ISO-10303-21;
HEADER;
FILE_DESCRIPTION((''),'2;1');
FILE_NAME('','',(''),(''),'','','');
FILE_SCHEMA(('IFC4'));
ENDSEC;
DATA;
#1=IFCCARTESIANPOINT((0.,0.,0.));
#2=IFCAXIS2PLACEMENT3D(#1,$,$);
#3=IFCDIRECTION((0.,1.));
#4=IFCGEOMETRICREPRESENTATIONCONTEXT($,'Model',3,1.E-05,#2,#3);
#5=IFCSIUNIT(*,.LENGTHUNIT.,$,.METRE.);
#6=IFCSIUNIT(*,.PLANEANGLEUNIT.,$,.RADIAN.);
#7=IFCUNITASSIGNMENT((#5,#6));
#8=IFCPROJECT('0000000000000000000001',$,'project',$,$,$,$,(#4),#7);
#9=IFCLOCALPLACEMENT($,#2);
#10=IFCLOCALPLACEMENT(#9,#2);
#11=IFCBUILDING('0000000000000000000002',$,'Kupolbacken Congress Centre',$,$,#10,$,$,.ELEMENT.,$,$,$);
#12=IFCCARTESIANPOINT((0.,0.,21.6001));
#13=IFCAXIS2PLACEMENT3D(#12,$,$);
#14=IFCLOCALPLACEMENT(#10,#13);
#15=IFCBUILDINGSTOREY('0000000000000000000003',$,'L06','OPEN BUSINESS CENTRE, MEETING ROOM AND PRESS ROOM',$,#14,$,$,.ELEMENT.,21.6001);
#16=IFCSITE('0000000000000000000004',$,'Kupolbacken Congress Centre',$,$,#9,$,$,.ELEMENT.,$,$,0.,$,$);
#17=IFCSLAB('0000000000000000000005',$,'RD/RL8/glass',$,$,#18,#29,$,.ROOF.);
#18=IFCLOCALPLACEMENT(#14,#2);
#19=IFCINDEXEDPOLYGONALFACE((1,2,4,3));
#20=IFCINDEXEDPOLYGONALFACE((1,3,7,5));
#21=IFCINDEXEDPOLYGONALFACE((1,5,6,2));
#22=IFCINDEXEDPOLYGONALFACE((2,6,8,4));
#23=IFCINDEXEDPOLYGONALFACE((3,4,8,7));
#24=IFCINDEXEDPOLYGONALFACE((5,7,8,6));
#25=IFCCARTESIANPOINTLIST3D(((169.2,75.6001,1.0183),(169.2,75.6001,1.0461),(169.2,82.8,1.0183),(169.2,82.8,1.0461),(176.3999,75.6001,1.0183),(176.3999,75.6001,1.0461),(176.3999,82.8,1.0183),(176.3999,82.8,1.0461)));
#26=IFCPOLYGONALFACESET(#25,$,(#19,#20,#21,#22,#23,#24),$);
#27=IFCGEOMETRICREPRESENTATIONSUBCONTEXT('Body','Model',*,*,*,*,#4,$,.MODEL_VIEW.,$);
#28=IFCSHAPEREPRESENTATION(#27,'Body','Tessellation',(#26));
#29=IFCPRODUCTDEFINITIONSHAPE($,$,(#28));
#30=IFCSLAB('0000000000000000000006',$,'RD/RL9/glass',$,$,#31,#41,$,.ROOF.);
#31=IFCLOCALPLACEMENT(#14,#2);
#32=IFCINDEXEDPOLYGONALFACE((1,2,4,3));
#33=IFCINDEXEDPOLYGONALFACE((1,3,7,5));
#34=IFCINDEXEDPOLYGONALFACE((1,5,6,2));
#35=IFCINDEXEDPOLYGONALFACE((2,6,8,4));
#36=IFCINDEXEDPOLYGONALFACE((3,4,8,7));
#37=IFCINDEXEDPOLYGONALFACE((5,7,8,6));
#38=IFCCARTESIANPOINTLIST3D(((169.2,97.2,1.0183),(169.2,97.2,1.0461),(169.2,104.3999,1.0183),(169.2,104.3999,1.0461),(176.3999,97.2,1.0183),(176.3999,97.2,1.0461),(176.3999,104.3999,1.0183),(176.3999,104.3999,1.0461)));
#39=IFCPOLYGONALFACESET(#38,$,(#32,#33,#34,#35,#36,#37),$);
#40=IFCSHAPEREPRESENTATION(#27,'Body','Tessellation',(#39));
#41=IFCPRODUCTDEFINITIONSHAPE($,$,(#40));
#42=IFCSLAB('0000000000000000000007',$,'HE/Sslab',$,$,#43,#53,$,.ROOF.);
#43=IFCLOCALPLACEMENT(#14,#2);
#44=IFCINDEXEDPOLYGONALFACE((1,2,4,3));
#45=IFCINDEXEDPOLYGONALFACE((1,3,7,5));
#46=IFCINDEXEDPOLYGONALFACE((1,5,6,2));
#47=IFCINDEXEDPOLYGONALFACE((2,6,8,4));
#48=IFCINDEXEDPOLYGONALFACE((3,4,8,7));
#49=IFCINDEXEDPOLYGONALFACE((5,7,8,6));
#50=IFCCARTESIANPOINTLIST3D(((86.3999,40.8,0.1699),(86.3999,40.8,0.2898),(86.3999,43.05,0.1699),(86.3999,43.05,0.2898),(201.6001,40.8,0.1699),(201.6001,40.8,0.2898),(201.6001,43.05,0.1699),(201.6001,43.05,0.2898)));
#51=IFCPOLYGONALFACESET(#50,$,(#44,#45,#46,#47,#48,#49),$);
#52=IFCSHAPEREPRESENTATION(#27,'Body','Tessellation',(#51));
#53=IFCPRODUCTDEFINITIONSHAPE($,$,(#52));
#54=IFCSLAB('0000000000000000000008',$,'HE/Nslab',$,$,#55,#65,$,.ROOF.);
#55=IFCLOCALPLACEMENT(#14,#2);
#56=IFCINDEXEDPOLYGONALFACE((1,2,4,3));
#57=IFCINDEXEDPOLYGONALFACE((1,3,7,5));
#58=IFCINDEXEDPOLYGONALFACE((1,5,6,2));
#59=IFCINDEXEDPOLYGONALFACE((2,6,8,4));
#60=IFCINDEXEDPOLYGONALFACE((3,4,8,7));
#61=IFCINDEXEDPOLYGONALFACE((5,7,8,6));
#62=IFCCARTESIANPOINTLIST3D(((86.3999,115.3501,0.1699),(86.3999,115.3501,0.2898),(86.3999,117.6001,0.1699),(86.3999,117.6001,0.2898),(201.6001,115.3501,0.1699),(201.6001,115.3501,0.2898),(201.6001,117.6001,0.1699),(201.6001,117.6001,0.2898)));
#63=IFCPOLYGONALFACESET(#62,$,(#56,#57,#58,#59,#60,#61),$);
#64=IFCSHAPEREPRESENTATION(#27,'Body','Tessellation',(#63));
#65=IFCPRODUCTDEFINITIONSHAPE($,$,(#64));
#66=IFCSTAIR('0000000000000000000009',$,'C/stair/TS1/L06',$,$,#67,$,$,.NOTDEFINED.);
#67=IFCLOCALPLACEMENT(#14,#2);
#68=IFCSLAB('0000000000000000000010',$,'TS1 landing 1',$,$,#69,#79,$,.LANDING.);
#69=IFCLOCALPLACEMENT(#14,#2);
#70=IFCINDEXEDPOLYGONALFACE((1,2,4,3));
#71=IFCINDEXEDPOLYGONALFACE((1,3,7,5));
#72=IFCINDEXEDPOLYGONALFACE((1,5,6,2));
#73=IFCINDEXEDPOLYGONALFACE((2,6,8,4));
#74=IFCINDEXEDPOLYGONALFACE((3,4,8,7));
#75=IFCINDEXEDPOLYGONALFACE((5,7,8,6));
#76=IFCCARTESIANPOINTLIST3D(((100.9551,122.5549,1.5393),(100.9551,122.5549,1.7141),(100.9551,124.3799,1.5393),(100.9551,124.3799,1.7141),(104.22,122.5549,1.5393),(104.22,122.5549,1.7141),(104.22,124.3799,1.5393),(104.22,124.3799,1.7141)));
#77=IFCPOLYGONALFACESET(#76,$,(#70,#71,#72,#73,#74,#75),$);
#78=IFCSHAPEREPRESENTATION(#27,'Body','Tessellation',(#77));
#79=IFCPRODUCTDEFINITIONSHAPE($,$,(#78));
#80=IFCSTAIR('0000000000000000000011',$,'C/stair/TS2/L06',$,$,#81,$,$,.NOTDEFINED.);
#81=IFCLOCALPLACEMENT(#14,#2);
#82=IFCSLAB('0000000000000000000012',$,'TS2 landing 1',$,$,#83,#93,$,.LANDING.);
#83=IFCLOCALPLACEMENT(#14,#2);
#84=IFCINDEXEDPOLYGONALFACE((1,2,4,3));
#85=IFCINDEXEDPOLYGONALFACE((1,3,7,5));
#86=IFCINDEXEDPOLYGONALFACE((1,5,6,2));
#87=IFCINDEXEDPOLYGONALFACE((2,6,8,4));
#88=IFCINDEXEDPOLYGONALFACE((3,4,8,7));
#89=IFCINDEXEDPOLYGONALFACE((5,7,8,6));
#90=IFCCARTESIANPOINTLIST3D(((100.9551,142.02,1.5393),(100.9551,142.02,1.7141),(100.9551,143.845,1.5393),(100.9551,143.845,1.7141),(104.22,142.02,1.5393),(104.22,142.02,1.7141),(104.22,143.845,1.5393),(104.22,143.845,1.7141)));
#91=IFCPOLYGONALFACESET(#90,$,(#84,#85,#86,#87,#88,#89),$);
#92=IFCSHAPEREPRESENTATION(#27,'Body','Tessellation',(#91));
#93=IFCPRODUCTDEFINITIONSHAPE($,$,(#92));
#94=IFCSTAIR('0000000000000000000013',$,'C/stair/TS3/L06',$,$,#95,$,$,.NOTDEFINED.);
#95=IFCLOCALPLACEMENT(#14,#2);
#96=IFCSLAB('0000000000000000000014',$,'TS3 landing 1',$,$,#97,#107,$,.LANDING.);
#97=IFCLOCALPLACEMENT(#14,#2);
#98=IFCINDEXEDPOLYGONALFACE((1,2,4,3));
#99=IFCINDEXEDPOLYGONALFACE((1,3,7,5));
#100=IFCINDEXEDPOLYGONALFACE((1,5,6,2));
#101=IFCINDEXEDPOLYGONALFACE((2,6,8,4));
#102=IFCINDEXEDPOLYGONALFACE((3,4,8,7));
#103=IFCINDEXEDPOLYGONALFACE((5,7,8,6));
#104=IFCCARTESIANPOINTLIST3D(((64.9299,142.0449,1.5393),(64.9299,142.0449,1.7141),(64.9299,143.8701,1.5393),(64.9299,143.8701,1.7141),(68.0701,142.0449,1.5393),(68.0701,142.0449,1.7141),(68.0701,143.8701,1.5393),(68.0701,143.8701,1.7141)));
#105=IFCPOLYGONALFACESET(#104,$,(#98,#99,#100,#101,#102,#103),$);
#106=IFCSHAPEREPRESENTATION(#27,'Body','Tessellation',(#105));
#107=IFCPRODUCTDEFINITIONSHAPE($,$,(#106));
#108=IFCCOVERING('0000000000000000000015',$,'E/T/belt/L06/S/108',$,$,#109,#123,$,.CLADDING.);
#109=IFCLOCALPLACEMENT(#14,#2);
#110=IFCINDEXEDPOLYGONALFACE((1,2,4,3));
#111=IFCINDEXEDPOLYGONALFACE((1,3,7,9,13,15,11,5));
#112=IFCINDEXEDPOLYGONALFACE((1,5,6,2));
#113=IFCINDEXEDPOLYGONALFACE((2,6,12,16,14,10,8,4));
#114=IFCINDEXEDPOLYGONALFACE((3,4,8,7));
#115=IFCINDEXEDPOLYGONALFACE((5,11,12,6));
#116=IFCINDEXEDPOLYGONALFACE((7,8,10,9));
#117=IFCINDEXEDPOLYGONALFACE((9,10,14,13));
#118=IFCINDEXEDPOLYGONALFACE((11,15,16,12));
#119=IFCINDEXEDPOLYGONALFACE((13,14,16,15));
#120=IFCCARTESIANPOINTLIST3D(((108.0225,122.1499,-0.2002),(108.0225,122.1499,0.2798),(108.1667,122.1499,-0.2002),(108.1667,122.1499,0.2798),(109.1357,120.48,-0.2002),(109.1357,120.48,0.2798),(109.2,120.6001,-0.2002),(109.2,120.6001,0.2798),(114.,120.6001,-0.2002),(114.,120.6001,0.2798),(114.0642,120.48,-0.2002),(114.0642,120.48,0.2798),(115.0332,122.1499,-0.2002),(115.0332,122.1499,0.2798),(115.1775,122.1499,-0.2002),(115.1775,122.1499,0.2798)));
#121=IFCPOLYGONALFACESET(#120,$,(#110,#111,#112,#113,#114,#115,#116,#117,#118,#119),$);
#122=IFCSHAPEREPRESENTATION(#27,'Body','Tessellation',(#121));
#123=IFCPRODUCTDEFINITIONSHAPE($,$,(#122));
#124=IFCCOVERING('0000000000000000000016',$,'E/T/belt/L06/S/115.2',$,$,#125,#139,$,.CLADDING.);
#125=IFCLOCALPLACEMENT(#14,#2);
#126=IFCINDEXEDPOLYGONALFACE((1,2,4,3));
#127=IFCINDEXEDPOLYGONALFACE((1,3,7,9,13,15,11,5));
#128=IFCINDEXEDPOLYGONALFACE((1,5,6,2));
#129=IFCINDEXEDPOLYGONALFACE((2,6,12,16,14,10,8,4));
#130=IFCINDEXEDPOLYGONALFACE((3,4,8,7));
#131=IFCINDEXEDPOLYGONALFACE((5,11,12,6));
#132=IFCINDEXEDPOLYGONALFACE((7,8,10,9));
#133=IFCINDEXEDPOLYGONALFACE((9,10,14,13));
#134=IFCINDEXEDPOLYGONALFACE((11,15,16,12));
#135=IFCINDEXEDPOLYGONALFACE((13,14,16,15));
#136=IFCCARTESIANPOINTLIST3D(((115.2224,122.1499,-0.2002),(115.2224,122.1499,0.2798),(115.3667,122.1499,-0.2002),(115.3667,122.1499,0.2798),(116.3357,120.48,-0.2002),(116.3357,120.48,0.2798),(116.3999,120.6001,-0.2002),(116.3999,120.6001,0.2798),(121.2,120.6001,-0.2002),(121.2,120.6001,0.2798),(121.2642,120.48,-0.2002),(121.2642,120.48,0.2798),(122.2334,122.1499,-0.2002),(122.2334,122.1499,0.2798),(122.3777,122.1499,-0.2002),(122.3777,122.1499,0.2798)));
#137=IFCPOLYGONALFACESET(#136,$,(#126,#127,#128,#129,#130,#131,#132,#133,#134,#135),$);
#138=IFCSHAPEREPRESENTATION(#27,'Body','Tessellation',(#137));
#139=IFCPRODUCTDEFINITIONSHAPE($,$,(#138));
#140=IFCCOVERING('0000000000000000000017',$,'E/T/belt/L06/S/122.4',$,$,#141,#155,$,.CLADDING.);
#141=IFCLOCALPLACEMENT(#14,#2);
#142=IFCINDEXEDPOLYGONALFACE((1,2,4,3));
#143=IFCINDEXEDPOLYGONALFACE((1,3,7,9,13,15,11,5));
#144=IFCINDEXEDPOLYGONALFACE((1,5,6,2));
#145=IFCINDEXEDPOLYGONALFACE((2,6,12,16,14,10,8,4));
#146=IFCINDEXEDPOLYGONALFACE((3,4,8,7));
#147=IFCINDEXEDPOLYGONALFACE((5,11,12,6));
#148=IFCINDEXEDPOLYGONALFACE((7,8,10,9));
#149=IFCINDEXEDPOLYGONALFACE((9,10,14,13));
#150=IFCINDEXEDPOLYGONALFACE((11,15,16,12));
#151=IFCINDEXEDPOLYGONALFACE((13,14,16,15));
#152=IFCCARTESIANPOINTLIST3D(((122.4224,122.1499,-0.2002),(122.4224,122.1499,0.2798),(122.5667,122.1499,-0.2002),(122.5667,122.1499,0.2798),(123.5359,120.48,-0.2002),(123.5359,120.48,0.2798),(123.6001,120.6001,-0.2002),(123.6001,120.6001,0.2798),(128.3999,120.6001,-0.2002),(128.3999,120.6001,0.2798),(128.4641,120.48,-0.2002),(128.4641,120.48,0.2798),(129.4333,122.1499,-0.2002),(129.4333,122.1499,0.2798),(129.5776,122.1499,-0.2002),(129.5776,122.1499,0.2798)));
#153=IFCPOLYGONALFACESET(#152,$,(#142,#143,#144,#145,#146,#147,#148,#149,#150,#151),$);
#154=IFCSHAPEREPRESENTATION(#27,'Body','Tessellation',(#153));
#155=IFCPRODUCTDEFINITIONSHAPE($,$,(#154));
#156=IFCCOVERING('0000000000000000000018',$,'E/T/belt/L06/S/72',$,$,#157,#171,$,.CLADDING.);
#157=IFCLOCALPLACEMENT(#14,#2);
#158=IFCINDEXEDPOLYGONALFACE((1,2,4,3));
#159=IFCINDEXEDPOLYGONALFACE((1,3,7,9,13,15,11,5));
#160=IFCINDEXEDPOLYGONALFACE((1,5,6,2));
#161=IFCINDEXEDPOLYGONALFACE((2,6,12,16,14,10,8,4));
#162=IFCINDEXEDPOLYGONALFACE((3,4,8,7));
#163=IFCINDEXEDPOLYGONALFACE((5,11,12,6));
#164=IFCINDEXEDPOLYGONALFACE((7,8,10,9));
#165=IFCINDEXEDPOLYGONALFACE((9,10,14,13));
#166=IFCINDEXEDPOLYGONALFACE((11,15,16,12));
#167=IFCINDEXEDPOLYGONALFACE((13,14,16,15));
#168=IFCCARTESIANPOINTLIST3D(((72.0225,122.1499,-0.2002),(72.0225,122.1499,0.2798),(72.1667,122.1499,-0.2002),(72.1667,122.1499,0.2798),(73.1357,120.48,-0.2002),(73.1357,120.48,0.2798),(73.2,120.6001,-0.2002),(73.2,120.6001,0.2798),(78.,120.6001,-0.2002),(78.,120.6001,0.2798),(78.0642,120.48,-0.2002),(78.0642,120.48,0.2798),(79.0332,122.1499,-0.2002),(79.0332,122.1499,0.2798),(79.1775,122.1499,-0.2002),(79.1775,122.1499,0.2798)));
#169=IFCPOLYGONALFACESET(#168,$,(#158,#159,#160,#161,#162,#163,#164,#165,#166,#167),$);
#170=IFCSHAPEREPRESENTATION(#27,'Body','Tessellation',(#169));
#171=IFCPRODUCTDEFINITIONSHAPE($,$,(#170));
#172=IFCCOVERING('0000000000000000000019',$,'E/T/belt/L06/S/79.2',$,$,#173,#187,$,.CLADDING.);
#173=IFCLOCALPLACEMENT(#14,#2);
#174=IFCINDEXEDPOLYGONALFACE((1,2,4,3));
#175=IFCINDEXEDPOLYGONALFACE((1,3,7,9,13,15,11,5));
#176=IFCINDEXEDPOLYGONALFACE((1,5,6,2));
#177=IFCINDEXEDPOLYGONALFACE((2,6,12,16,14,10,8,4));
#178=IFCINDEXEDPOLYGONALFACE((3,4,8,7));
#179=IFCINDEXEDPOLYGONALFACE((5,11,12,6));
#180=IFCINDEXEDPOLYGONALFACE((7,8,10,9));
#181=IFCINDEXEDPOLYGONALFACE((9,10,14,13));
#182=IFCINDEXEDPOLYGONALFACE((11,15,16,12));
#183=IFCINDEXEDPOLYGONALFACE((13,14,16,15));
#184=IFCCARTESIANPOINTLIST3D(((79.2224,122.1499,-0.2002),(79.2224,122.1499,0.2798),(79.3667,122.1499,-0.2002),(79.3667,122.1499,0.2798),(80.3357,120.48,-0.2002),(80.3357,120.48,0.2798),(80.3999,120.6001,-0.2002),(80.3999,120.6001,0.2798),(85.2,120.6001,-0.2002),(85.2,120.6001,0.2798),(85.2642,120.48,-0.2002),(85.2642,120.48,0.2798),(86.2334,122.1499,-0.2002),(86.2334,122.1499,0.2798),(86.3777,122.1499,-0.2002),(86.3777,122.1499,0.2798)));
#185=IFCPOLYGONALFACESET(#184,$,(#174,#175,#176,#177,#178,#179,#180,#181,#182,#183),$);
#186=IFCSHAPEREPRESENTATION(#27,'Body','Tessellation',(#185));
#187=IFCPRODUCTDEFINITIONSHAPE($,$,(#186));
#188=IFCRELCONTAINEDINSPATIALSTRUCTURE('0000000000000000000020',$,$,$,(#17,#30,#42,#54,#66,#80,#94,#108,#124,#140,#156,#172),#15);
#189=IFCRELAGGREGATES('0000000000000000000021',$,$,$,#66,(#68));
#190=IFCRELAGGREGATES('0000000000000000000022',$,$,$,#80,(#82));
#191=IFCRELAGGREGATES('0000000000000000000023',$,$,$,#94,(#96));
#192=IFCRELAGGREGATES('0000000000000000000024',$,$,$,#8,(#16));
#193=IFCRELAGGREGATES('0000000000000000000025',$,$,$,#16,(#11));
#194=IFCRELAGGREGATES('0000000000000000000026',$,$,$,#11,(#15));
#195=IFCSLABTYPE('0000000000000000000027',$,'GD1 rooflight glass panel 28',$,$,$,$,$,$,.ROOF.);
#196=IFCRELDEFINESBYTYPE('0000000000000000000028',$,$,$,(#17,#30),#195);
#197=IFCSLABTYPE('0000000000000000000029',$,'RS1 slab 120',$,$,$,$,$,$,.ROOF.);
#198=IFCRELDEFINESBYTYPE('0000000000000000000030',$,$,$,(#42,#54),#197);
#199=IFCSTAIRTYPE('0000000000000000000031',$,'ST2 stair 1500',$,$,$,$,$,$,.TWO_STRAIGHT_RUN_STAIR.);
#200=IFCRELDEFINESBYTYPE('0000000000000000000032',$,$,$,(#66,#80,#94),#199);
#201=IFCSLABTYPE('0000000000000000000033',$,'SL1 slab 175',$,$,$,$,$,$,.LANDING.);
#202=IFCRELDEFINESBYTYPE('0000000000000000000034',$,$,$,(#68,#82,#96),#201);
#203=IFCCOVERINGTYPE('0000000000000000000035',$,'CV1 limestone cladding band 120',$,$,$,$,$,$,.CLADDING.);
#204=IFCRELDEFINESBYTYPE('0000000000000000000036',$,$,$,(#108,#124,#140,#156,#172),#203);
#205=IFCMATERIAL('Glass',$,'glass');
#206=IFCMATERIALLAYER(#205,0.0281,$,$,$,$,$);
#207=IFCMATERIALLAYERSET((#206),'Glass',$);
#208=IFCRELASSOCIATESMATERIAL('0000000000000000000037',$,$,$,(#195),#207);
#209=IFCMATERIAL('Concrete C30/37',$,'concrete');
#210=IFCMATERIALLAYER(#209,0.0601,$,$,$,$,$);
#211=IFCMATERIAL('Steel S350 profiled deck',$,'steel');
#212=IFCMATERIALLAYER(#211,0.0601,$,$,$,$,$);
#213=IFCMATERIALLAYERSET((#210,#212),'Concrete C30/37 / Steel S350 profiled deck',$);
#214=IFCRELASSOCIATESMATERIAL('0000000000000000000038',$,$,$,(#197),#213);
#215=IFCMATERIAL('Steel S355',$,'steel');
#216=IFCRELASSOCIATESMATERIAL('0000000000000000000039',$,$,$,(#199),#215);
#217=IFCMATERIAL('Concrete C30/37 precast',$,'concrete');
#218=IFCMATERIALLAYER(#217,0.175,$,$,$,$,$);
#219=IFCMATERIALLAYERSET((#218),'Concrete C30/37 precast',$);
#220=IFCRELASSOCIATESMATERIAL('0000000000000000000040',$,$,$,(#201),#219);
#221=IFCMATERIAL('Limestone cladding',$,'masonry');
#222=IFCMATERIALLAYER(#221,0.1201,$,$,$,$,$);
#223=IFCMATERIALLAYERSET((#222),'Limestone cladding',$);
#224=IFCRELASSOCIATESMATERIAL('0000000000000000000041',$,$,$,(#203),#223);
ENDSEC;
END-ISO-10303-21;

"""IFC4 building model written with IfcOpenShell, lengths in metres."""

from ifc_helpers import new_model, si_unit, direction, frame, origin, place, context, subcontext, project, spatial, polyline, outline, extrude, material, layer, layer_set, type_object, element, aggregate, save


model = new_model("IFC4")

# Units and contexts
model_context = context("Model", 3, precision=1e-05, world=origin(), true_north=direction((0.0, 1.0)))
body_context = subcontext(model_context, "Body", "Model", "MODEL_VIEW")
ifc_project = project(units=[si_unit("LENGTHUNIT", "METRE"), si_unit("PLANEANGLEUNIT", "RADIAN")], contexts=[model_context])

# Site, building, storey
site_placement = place(None, origin())
site = spatial("IfcSite", under=ifc_project, at=site_placement, Name="Kupolbacken Congress Centre", CompositionType="ELEMENT", RefElevation=0.0)
building_placement = place(site_placement, origin())
building = spatial("IfcBuilding", under=site, at=building_placement, Name="Kupolbacken Congress Centre", CompositionType="ELEMENT")
storey_placement = place(building_placement, frame((0.0, 0.0, 21.6001)))
storey = spatial("IfcBuildingStorey", under=building, at=storey_placement, Name="L06", Description="OPEN BUSINESS CENTRE, MEETING ROOM AND PRESS ROOM", CompositionType="ELEMENT", Elevation=21.6001)

# Slabs
ifc_material_1 = material(Name="Concrete C30/37", Category="concrete")
ifc_material_2 = material(Name="Steel S350 profiled deck", Category="steel")
ifc_material_3 = material(Name="Glass", Category="glass")
ifc_layer_1 = layer(ifc_material_3, 0.0281)
ifc_layer_set_1 = layer_set([ifc_layer_1], Name="Glass")
slab_type_1 = type_object("IfcSlabType", Name="GD1 rooflight glass panel 28", PredefinedType="ROOF", material=ifc_layer_set_1)
slab_1_placement = place(storey_placement, frame((0.0, 0.0, 1.0183)))
element("IfcSlab", 1, at=slab_1_placement, inside=storey, type_object=slab_type_1, Name="RD/RL8/glass", PredefinedType="ROOF", context=body_context, shape_type="SweptSolid", body=[
    extrude(outline(polyline([(169.2, 75.6001), (176.3999, 75.6001), (176.3999, 82.8), (169.2, 82.8), (169.2, 75.6001)])), origin(), (0.0, 0.0, 1.0), 0.0278),
])
slab_2_placement = place(storey_placement, frame((0.0, 0.0, 1.0183)))
element("IfcSlab", 2, at=slab_2_placement, inside=storey, type_object=slab_type_1, Name="RD/RL9/glass", PredefinedType="ROOF", context=body_context, shape_type="SweptSolid", body=[
    extrude(outline(polyline([(169.2, 97.2), (176.3999, 97.2), (176.3999, 104.3999), (169.2, 104.3999), (169.2, 97.2)])), origin(), (0.0, 0.0, 1.0), 0.0278),
])
ifc_layer_2 = layer(ifc_material_1, 0.0601)
ifc_layer_3 = layer(ifc_material_2, 0.0601)
ifc_layer_set_2 = layer_set([ifc_layer_2, ifc_layer_3], Name="Concrete C30/37 / Steel S350 profiled deck")
slab_type_2 = type_object("IfcSlabType", Name="RS1 slab 120", PredefinedType="ROOF", material=ifc_layer_set_2)
slab_3_placement = place(storey_placement, frame((0.0, 0.0, 0.1699)))
element("IfcSlab", 3, at=slab_3_placement, inside=storey, type_object=slab_type_2, Name="HE/Sslab", PredefinedType="ROOF", context=body_context, shape_type="SweptSolid", body=[
    extrude(outline(polyline([(86.3999, 40.8), (201.6001, 40.8), (201.6001, 43.05), (86.3999, 43.05), (86.3999, 40.8)])), origin(), (0.0, 0.0, 1.0), 0.1199),
])
slab_4_placement = place(storey_placement, frame((0.0, 0.0, 0.1699)))
element("IfcSlab", 4, at=slab_4_placement, inside=storey, type_object=slab_type_2, Name="HE/Nslab", PredefinedType="ROOF", context=body_context, shape_type="SweptSolid", body=[
    extrude(outline(polyline([(86.3999, 115.3501), (201.6001, 115.3501), (201.6001, 117.6001), (86.3999, 117.6001), (86.3999, 115.3501)])), origin(), (0.0, 0.0, 1.0), 0.1199),
])

# Stairs, slabs
ifc_material_4 = material(Name="Steel S355", Category="steel")
stair_type = type_object("IfcStairType", Name="ST2 stair 1500", PredefinedType="TWO_STRAIGHT_RUN_STAIR", material=ifc_material_4)
stair_1_placement = place(storey_placement, origin())
stair_1 = element("IfcStair", 5, at=stair_1_placement, inside=storey, type_object=stair_type, Name="C/stair/TS1/L06", PredefinedType="NOTDEFINED")
ifc_material_5 = material(Name="Concrete C30/37 precast", Category="concrete")
ifc_layer_4 = layer(ifc_material_5, 0.175)
ifc_layer_set_3 = layer_set([ifc_layer_4], Name="Concrete C30/37 precast")
slab_type_3 = type_object("IfcSlabType", Name="SL1 slab 175", PredefinedType="LANDING", material=ifc_layer_set_3)
slab_5_placement = place(storey_placement, frame((0.0, 0.0, 1.5393)))
slab_5 = element("IfcSlab", 6, at=slab_5_placement, type_object=slab_type_3, Name="TS1 landing 1", PredefinedType="LANDING", context=body_context, shape_type="SweptSolid", body=[
    extrude(outline(polyline([(100.9551, 122.5549), (104.22, 122.5549), (104.22, 124.3799), (100.9551, 124.3799), (100.9551, 122.5549)])), origin(), (0.0, 0.0, 1.0), 0.1748),
])
aggregate(stair_1, [slab_5])
stair_2_placement = place(storey_placement, origin())
stair_2 = element("IfcStair", 7, at=stair_2_placement, inside=storey, type_object=stair_type, Name="C/stair/TS2/L06", PredefinedType="NOTDEFINED")
slab_6_placement = place(storey_placement, frame((0.0, 0.0, 1.5393)))
slab_6 = element("IfcSlab", 8, at=slab_6_placement, type_object=slab_type_3, Name="TS2 landing 1", PredefinedType="LANDING", context=body_context, shape_type="SweptSolid", body=[
    extrude(outline(polyline([(100.9551, 142.02), (104.22, 142.02), (104.22, 143.845), (100.9551, 143.845), (100.9551, 142.02)])), origin(), (0.0, 0.0, 1.0), 0.1748),
])
aggregate(stair_2, [slab_6])
stair_3_placement = place(storey_placement, origin())
stair_3 = element("IfcStair", 9, at=stair_3_placement, inside=storey, type_object=stair_type, Name="C/stair/TS3/L06", PredefinedType="NOTDEFINED")
slab_7_placement = place(storey_placement, frame((0.0, 0.0, 1.5393)))
slab_7 = element("IfcSlab", 10, at=slab_7_placement, type_object=slab_type_3, Name="TS3 landing 1", PredefinedType="LANDING", context=body_context, shape_type="SweptSolid", body=[
    extrude(outline(polyline([(64.9299, 142.0449), (68.0701, 142.0449), (68.0701, 143.8701), (64.9299, 143.8701), (64.9299, 142.0449)])), origin(), (0.0, 0.0, 1.0), 0.1748),
])
aggregate(stair_3, [slab_7])

# Coverings
ifc_material_6 = material(Name="Limestone cladding", Category="masonry")
ifc_layer_5 = layer(ifc_material_6, 0.1201)
ifc_layer_set_4 = layer_set([ifc_layer_5], Name="Limestone cladding")
covering_type = type_object("IfcCoveringType", Name="CV1 limestone cladding band 120", PredefinedType="CLADDING", material=ifc_layer_set_4)
covering_1_placement = place(storey_placement, frame((0.0, 0.0, -0.2002)))
element("IfcCovering", 11, at=covering_1_placement, inside=storey, type_object=covering_type, Name="E/T/belt/L06/S/108", PredefinedType="CLADDING", context=body_context, shape_type="SweptSolid", body=[
    extrude(outline(polyline([(115.1775, 122.1499), (115.0332, 122.1499), (114.0, 120.6001), (109.2, 120.6001), (108.1667, 122.1499), (108.0225, 122.1499), (109.1357, 120.48), (114.0642, 120.48), (115.1775, 122.1499)])), origin(), (0.0, 0.0, 1.0), 0.48),
])
covering_2_placement = place(storey_placement, frame((0.0, 0.0, -0.2002)))
element("IfcCovering", 12, at=covering_2_placement, inside=storey, type_object=covering_type, Name="E/T/belt/L06/S/115.2", PredefinedType="CLADDING", context=body_context, shape_type="SweptSolid", body=[
    extrude(outline(polyline([(122.3777, 122.1499), (122.2334, 122.1499), (121.2, 120.6001), (116.3999, 120.6001), (115.3667, 122.1499), (115.2224, 122.1499), (116.3357, 120.48), (121.2642, 120.48), (122.3777, 122.1499)])), origin(), (0.0, 0.0, 1.0), 0.48),
])
covering_3_placement = place(storey_placement, frame((0.0, 0.0, -0.2002)))
element("IfcCovering", 13, at=covering_3_placement, inside=storey, type_object=covering_type, Name="E/T/belt/L06/S/122.4", PredefinedType="CLADDING", context=body_context, shape_type="SweptSolid", body=[
    extrude(outline(polyline([(129.5776, 122.1499), (129.4333, 122.1499), (128.3999, 120.6001), (123.6001, 120.6001), (122.5667, 122.1499), (122.4224, 122.1499), (123.5359, 120.48), (128.4641, 120.48), (129.5776, 122.1499)])), origin(), (0.0, 0.0, 1.0), 0.48),
])
covering_4_placement = place(storey_placement, frame((0.0, 0.0, -0.2002)))
element("IfcCovering", 14, at=covering_4_placement, inside=storey, type_object=covering_type, Name="E/T/belt/L06/S/72", PredefinedType="CLADDING", context=body_context, shape_type="SweptSolid", body=[
    extrude(outline(polyline([(79.1775, 122.1499), (79.0332, 122.1499), (78.0, 120.6001), (73.2, 120.6001), (72.1667, 122.1499), (72.0225, 122.1499), (73.1357, 120.48), (78.0642, 120.48), (79.1775, 122.1499)])), origin(), (0.0, 0.0, 1.0), 0.48),
])
covering_5_placement = place(storey_placement, frame((0.0, 0.0, -0.2002)))
element("IfcCovering", 15, at=covering_5_placement, inside=storey, type_object=covering_type, Name="E/T/belt/L06/S/79.2", PredefinedType="CLADDING", context=body_context, shape_type="SweptSolid", body=[
    extrude(outline(polyline([(86.3777, 122.1499), (86.2334, 122.1499), (85.2, 120.6001), (80.3999, 120.6001), (79.3667, 122.1499), (79.2224, 122.1499), (80.3357, 120.48), (85.2642, 120.48), (86.3777, 122.1499)])), origin(), (0.0, 0.0, 1.0), 0.48),
])

save(model, "model.ifc")
